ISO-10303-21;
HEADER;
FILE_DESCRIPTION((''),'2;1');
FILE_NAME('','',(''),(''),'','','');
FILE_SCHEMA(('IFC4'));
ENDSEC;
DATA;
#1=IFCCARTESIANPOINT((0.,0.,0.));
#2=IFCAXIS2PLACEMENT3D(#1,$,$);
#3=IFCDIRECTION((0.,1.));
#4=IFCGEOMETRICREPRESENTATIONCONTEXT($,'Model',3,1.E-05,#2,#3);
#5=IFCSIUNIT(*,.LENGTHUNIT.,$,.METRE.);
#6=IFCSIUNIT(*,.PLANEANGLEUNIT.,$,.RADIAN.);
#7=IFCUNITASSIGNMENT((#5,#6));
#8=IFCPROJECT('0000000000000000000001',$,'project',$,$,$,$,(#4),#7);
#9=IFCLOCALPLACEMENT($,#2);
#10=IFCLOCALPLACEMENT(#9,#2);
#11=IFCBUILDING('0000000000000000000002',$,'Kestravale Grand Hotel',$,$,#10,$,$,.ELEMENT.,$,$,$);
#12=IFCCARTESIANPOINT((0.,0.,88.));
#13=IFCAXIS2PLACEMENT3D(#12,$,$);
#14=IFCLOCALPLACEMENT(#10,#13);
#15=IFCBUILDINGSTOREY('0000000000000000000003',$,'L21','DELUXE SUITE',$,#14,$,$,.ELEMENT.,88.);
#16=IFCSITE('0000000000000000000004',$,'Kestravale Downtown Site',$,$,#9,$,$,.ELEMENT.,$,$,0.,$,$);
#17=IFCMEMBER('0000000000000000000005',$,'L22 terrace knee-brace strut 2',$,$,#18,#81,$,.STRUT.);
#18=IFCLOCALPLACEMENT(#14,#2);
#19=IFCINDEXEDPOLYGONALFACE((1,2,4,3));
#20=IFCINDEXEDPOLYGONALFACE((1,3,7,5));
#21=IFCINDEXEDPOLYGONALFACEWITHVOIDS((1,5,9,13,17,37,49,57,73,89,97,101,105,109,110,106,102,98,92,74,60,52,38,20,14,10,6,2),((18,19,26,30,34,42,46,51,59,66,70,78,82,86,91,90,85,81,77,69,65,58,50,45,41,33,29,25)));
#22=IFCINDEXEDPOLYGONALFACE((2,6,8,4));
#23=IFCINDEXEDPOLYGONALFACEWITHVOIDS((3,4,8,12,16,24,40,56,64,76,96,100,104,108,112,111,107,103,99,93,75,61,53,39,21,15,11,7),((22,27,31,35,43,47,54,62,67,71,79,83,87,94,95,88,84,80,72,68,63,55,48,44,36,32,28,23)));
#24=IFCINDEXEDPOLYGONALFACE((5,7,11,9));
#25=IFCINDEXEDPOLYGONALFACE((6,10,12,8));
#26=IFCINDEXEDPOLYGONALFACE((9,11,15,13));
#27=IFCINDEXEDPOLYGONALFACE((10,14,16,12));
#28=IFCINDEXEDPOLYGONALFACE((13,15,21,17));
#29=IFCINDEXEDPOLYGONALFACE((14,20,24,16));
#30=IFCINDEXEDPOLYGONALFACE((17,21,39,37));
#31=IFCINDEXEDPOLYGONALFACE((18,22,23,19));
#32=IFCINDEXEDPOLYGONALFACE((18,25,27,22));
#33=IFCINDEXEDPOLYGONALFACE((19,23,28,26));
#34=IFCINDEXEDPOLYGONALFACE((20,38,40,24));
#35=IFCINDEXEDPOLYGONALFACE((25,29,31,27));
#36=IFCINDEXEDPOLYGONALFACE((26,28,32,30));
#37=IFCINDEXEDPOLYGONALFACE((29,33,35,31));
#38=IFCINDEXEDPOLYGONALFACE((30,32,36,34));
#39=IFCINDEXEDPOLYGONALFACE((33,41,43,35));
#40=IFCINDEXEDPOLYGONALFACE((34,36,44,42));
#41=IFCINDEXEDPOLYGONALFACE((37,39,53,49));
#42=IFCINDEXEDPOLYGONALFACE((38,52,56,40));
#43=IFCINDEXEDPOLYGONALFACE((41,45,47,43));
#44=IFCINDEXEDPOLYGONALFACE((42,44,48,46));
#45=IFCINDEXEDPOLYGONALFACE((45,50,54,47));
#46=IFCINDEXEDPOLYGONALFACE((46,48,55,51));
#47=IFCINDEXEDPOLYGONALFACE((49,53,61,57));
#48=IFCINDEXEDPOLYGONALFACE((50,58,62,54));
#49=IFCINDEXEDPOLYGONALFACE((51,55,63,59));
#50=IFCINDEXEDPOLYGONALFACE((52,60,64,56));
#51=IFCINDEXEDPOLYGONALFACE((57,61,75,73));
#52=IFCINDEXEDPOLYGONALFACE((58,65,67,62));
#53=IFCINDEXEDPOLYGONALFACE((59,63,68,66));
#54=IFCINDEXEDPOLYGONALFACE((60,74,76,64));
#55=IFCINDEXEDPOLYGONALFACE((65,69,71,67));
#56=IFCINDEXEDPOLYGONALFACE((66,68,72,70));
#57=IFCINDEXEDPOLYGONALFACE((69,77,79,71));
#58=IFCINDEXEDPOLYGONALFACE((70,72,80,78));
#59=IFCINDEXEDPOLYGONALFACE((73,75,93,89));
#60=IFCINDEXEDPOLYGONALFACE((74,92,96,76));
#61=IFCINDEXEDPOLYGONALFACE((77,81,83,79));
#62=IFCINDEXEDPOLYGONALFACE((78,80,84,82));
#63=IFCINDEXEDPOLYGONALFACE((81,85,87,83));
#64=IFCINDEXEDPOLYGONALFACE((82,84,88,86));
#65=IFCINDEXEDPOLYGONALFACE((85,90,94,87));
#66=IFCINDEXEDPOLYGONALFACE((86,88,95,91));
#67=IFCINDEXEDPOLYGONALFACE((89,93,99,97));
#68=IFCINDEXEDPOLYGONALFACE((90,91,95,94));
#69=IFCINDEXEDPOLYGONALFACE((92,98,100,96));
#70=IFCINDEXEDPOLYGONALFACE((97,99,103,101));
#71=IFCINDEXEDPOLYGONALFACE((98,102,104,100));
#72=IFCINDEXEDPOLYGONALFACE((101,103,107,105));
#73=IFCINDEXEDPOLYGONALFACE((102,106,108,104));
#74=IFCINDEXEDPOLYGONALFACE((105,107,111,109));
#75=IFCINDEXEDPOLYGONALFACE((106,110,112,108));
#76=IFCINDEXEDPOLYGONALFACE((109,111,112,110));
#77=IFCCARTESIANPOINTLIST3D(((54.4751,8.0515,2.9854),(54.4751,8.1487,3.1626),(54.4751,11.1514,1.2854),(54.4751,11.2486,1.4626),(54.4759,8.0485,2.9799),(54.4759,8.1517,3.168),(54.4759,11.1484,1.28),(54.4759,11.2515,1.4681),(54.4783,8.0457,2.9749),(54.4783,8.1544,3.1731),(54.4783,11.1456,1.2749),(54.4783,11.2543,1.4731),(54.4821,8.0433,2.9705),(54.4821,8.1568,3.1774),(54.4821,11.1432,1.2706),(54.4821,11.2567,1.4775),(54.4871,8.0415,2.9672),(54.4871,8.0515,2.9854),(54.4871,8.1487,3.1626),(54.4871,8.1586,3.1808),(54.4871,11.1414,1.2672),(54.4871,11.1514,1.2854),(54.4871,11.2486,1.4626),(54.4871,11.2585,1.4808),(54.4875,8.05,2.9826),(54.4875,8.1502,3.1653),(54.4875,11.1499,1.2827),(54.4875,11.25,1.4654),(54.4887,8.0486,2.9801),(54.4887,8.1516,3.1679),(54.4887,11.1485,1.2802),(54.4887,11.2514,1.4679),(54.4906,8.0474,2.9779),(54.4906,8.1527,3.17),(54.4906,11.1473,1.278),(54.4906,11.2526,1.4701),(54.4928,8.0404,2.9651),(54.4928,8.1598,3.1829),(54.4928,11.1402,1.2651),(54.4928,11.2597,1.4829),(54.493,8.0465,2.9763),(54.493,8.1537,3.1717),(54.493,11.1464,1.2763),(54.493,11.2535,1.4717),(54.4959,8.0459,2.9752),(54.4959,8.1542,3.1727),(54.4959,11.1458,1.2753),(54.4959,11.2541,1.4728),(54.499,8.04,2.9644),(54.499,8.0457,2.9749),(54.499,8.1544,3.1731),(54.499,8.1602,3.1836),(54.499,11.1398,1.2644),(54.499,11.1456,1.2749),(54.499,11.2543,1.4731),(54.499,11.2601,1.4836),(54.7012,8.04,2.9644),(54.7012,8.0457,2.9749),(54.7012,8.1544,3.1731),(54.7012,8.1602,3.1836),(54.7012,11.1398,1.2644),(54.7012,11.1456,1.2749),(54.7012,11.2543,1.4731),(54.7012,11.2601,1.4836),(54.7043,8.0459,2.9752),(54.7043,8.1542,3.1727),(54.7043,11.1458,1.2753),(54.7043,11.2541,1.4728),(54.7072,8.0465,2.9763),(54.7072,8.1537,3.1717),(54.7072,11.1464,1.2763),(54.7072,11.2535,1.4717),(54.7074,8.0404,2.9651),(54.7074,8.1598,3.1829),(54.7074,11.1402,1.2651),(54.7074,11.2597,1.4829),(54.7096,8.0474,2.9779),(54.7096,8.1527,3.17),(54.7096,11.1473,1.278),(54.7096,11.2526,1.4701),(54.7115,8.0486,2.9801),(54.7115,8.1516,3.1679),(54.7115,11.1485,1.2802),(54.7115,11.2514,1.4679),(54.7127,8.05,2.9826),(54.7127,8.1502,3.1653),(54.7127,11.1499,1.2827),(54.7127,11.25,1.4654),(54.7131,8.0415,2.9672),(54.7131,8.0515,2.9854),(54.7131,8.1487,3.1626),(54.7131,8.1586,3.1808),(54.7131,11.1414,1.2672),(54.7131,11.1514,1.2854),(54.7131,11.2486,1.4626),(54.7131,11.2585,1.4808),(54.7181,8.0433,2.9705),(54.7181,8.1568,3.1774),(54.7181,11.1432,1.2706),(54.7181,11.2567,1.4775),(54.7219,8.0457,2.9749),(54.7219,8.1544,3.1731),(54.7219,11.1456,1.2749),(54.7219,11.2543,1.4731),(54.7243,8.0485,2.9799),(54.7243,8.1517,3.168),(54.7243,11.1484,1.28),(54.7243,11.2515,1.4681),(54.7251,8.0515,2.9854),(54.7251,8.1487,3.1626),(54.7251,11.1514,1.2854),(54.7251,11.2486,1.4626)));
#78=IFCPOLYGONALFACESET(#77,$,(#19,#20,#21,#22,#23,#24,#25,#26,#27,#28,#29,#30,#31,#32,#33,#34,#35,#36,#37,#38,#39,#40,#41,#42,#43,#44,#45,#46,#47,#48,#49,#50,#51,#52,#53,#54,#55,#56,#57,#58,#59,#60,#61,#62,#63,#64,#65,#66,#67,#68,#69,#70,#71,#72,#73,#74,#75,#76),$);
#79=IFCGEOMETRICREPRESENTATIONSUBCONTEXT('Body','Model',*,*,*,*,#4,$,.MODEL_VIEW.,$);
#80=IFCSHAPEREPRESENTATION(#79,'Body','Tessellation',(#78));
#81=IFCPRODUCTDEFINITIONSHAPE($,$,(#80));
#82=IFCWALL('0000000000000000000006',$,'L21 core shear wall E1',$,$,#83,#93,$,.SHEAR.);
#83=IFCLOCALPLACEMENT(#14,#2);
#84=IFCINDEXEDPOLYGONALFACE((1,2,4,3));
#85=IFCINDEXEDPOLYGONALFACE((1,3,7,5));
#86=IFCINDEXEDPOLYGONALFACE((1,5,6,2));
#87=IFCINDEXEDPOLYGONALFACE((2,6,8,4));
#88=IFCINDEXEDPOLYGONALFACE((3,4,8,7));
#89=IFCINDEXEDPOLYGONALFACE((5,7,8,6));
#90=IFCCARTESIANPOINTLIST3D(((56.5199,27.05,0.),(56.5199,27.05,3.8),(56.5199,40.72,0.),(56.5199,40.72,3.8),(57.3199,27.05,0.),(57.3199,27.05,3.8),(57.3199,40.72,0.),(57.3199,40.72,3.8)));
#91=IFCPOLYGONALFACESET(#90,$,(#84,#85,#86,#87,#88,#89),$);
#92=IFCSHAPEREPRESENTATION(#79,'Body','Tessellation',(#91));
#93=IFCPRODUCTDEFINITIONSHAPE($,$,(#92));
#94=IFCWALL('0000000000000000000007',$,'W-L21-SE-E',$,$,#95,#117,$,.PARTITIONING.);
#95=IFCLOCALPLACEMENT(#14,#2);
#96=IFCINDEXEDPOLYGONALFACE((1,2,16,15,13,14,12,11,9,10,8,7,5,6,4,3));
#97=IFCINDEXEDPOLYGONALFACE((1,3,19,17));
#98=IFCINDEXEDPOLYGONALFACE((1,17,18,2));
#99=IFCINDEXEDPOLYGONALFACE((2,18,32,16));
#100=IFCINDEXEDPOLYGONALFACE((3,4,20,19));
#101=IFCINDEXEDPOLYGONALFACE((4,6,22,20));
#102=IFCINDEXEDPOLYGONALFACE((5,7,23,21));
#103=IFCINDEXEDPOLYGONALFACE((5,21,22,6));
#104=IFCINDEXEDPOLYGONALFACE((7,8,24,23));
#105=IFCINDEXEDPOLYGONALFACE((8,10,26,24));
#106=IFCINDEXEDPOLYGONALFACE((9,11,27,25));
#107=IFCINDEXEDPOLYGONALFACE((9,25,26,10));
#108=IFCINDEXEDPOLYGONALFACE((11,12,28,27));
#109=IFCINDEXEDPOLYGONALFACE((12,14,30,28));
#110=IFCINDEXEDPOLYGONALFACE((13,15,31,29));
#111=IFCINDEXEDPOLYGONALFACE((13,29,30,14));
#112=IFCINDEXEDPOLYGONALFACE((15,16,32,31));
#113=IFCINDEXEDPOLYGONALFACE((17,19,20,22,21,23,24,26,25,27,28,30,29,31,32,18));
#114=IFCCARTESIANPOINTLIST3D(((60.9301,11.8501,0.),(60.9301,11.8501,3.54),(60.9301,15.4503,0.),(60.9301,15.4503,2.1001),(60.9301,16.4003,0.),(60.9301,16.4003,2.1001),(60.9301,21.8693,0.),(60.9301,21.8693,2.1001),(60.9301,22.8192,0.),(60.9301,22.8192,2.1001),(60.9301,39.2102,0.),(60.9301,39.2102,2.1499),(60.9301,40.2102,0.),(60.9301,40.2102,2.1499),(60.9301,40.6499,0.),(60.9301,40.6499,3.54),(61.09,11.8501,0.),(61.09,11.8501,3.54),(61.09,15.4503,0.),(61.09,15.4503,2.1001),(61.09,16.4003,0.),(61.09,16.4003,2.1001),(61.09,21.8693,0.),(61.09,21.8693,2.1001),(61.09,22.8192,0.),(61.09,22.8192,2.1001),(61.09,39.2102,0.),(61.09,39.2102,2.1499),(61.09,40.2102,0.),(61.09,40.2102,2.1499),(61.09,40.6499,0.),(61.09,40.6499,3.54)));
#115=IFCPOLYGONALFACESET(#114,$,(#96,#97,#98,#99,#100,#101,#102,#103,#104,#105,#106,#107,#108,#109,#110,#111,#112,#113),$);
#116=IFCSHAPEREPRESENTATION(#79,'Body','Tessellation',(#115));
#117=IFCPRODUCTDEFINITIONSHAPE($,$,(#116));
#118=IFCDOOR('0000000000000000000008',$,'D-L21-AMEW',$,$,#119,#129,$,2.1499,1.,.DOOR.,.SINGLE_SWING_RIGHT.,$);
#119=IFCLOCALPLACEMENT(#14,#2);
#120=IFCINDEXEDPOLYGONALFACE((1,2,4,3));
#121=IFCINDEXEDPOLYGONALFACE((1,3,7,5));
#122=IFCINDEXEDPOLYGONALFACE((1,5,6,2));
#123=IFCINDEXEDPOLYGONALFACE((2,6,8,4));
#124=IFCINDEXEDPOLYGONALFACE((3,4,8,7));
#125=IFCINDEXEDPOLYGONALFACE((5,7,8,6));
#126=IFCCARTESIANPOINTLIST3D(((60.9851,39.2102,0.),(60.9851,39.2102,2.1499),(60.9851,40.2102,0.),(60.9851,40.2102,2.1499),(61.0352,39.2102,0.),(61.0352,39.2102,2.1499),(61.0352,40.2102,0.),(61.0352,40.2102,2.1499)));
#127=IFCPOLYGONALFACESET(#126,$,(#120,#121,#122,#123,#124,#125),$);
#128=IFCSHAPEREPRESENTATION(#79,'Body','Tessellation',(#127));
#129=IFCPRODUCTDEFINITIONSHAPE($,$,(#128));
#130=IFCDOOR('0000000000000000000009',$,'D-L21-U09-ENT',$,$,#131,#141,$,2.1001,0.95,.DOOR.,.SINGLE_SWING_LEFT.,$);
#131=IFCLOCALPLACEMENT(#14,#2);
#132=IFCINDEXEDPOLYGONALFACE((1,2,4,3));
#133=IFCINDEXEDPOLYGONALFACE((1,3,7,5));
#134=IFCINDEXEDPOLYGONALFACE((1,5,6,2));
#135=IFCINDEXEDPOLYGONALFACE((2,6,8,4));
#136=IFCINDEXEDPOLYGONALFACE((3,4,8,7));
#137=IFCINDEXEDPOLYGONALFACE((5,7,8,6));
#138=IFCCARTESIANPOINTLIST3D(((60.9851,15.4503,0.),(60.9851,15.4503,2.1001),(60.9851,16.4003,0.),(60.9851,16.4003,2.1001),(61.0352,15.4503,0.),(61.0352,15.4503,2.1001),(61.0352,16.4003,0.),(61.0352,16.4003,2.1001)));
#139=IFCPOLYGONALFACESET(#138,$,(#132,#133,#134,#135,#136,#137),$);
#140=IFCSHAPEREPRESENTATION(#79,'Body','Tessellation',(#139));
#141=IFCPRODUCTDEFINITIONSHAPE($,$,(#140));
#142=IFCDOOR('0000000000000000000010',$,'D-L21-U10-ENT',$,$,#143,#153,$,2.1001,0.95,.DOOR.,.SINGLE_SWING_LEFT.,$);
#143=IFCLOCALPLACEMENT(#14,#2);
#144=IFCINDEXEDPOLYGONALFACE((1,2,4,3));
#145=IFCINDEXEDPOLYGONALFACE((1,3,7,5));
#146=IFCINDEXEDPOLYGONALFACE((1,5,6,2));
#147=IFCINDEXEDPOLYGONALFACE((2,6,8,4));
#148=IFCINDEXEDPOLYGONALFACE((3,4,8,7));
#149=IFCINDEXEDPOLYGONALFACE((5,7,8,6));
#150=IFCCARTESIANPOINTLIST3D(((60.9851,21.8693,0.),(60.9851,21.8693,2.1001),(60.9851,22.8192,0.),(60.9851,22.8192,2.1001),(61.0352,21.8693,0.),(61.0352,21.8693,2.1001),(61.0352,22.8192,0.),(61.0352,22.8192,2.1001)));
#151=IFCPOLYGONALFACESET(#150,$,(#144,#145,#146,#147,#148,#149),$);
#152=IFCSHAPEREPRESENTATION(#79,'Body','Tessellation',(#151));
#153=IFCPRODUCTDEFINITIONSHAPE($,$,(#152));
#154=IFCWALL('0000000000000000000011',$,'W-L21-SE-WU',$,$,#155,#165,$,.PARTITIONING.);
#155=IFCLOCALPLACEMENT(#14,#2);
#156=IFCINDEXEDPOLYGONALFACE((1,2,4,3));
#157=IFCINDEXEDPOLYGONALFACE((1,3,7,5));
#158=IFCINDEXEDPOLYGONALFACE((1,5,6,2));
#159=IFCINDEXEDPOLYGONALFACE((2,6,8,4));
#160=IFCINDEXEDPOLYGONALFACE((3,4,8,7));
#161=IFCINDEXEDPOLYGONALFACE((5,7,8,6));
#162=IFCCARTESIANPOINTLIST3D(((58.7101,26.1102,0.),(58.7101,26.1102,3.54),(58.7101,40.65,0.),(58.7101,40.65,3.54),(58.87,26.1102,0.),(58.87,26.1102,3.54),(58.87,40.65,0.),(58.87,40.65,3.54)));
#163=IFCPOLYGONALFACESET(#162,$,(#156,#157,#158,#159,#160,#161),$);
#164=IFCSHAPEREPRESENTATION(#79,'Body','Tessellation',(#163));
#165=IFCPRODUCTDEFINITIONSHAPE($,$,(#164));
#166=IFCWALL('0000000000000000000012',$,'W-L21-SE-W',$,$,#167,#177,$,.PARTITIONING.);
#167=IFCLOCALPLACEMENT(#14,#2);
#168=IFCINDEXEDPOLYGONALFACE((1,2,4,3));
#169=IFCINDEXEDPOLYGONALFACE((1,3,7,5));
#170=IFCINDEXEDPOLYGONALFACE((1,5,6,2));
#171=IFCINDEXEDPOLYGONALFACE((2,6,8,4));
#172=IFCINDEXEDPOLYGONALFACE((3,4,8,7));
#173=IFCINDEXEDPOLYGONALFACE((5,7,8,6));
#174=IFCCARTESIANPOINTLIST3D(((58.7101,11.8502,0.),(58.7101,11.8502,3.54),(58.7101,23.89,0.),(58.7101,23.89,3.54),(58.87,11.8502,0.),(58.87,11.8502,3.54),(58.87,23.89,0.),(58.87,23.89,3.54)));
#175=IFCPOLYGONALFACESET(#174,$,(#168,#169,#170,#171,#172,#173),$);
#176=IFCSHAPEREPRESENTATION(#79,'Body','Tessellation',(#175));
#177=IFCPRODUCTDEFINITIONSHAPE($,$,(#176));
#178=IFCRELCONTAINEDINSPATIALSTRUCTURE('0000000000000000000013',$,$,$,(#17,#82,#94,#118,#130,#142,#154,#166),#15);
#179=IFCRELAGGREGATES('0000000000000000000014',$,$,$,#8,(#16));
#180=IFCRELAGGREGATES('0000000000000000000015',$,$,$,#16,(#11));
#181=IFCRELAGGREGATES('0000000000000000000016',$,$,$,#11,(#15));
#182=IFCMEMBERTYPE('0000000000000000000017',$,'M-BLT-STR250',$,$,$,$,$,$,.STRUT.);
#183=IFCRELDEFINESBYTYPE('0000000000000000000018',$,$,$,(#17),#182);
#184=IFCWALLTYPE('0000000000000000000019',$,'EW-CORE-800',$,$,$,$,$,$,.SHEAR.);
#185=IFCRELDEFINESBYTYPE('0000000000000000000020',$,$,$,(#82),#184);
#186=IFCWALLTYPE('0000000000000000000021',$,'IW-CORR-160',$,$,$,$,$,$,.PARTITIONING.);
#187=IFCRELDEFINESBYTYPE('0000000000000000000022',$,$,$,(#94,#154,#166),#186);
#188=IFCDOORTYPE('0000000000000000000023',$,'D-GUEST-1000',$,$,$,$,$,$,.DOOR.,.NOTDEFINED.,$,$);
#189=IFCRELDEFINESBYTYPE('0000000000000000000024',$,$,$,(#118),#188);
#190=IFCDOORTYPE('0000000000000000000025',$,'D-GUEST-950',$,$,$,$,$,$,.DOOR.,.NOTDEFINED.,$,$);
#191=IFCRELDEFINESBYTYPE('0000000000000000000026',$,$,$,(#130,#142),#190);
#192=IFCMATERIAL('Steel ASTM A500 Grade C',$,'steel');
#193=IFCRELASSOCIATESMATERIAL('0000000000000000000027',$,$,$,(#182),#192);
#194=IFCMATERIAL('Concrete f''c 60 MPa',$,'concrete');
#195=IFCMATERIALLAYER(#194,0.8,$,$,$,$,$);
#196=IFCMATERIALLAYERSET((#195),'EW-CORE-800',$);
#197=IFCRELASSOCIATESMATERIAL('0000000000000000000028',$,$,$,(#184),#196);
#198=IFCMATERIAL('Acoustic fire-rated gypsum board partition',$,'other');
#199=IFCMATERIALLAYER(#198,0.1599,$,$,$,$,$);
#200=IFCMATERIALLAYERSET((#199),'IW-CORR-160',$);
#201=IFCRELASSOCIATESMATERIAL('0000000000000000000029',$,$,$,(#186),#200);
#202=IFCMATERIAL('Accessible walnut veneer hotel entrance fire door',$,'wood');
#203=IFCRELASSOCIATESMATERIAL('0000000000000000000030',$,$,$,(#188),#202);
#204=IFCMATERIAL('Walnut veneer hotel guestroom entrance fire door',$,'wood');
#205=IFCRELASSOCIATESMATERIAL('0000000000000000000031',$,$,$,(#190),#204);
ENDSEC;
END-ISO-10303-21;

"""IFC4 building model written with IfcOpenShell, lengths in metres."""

from ifc_helpers import new_model, si_unit, direction, frame, frame_2d, origin, origin_2d, place, context, subcontext, project, spatial, rectangle, hollow_rectangle, extrude, material, layer, layer_set, material_profile, profile_set, type_object, element, fill, save


model = new_model("IFC4")

# Units and contexts
model_context = context("Model", 3, precision=1e-05, world=origin(), true_north=direction((0.0, 1.0)))
body_context = subcontext(model_context, "Body", "Model", "MODEL_VIEW")
ifc_project = project(units=[si_unit("LENGTHUNIT", "METRE"), si_unit("PLANEANGLEUNIT", "RADIAN")], contexts=[model_context])

# Site, building, storey
site_placement = place(None, origin())
site = spatial("IfcSite", under=ifc_project, at=site_placement, Name="Kestravale Downtown Site", CompositionType="ELEMENT", RefElevation=0.0)
building_placement = place(site_placement, origin())
building = spatial("IfcBuilding", under=site, at=building_placement, Name="Kestravale Grand Hotel", CompositionType="ELEMENT")
storey_placement = place(building_placement, frame((0.0, 0.0, 88.0)))
storey = spatial("IfcBuildingStorey", under=building, at=storey_placement, Name="L21", Description="DELUXE SUITE", CompositionType="ELEMENT", Elevation=88.0)

# Member
ifc_material_1 = material(Name="Steel ASTM A500 Grade C", Category="steel")
ifc_material_profile_1 = material_profile(ifc_material_1, hollow_rectangle(XDim=0.25, YDim=0.25, WallThickness=0.012, InnerFilletRadius=0.012, OuterFilletRadius=0.0239, at=origin_2d()))
ifc_profile_set_1 = profile_set([ifc_material_profile_1], Name="Steel ASTM A500 Grade C")
member_type = type_object("IfcMemberType", Name="M-BLT-STR250", PredefinedType="STRUT", material=ifc_profile_set_1)
member_placement = place(storey_placement, frame((54.6001, 11.2, 1.374), z_axis=(0.0, -0.876809, 0.480839), x_axis=(1.0, 0.0, 0.0)))
element("IfcMember", 1, at=member_placement, inside=storey, type_object=member_type, Name="L22 terrace knee-brace strut 2", PredefinedType="STRUT", context=body_context, shape_type="SweptSolid", body=[
    extrude(hollow_rectangle(XDim=0.25, YDim=0.25, WallThickness=0.012, InnerFilletRadius=0.012, OuterFilletRadius=0.0239, at=origin_2d()), origin(), (0.0, 0.0, 1.0), 3.5354),
])

# Wall
ifc_material_2 = material(Name="Concrete f'c 60 MPa", Category="concrete")
ifc_layer_1 = layer(ifc_material_2, 0.8)
ifc_layer_set_1 = layer_set([ifc_layer_1], Name="EW-CORE-800")
wall_type_1 = type_object("IfcWallType", Name="EW-CORE-800", PredefinedType="SHEAR", material=ifc_layer_set_1)
wall_1_placement = place(storey_placement, frame((56.9199, 27.05, 0.0), z_axis=(0.0, 0.0, 1.0), x_axis=(0.0, 1.0, 0.0)))
element("IfcWall", 2, at=wall_1_placement, inside=storey, type_object=wall_type_1, Name="L21 core shear wall E1", PredefinedType="SHEAR", context=body_context, shape_type="SweptSolid", body=[
    extrude(rectangle(XDim=13.6699, YDim=0.8, at=frame_2d((6.835, 0.0))), origin(), (0.0, 0.0, 1.0), 3.8),
])

# Wall, openings, doors
ifc_material_3 = material(Name="Acoustic fire-rated gypsum board partition", Category="other")
ifc_layer_2 = layer(ifc_material_3, 0.1599)
ifc_layer_set_2 = layer_set([ifc_layer_2], Name="IW-CORR-160")
wall_type_2 = type_object("IfcWallType", Name="IW-CORR-160", PredefinedType="PARTITIONING", material=ifc_layer_set_2)
wall_2_placement = place(storey_placement, frame((61.01, 11.8501, 0.0), z_axis=(0.0, 0.0, 1.0), x_axis=(0.0, 1.0, 0.0)))
wall_2 = element("IfcWall", 3, at=wall_2_placement, inside=storey, type_object=wall_type_2, Name="W-L21-SE-E", PredefinedType="PARTITIONING", context=body_context, shape_type="SweptSolid", body=[
    extrude(rectangle(XDim=28.7998, YDim=0.1599, at=frame_2d((14.3999, 0.0))), origin(), (0.0, 0.0, 1.0), 3.54),
])
opening_1_placement = place(wall_2_placement, frame((3.6001, 0.0, 0.0)))
opening_1 = element("IfcOpeningElement", 4, at=opening_1_placement, cuts=wall_2, PredefinedType="OPENING", context=body_context, shape_type="SweptSolid", body=[
    extrude(rectangle(XDim=0.95, YDim=2.1001, at=frame_2d((0.4751, 1.05))), frame((0.0, 0.0898, 0.0), z_axis=(0.0, -1.0, 0.0), x_axis=(1.0, 0.0, 0.0)), (0.0, 0.0, 1.0), 0.1799),
])
opening_2_placement = place(wall_2_placement, frame((10.019, 0.0, 0.0)))
opening_2 = element("IfcOpeningElement", 5, at=opening_2_placement, cuts=wall_2, PredefinedType="OPENING", context=body_context, shape_type="SweptSolid", body=[
    extrude(rectangle(XDim=0.95, YDim=2.1001, at=frame_2d((0.4751, 1.05))), frame((0.0, 0.0898, 0.0), z_axis=(0.0, -1.0, 0.0), x_axis=(1.0, 0.0, 0.0)), (0.0, 0.0, 1.0), 0.1799),
])
opening_3_placement = place(wall_2_placement, frame((27.3601, 0.0, 0.0)))
opening_3 = element("IfcOpeningElement", 6, at=opening_3_placement, cuts=wall_2, PredefinedType="OPENING", context=body_context, shape_type="SweptSolid", body=[
    extrude(rectangle(XDim=1.0, YDim=2.1499, at=frame_2d((0.5, 1.075))), frame((0.0, 0.0898, 0.0), z_axis=(0.0, -1.0, 0.0), x_axis=(1.0, 0.0, 0.0)), (0.0, 0.0, 1.0), 0.1799),
])
ifc_material_4 = material(Name="Accessible walnut veneer hotel entrance fire door", Category="wood")
door_type_1 = type_object("IfcDoorType", Name="D-GUEST-1000", OperationType="NOTDEFINED", PredefinedType="DOOR", material=ifc_material_4)
door_1_placement = place(opening_3_placement, origin())
door_1 = element("IfcDoor", 7, at=door_1_placement, inside=storey, type_object=door_type_1, Name="D-L21-AMEW", OperationType="SINGLE_SWING_RIGHT", OverallHeight=2.1499, OverallWidth=1.0, PredefinedType="DOOR", context=body_context, shape_type="SweptSolid", body=[
    extrude(rectangle(XDim=1.0, YDim=2.1499, at=frame_2d((0.5, 1.075))), frame((0.0, 0.0249, 0.0), z_axis=(0.0, -1.0, 0.0), x_axis=(1.0, 0.0, 0.0)), (0.0, 0.0, 1.0), 0.05),
])
fill(opening_3, door_1)
ifc_material_5 = material(Name="Walnut veneer hotel guestroom entrance fire door", Category="wood")
door_type_2 = type_object("IfcDoorType", Name="D-GUEST-950", OperationType="NOTDEFINED", PredefinedType="DOOR", material=ifc_material_5)
door_2_placement = place(opening_1_placement, origin())
door_2 = element("IfcDoor", 8, at=door_2_placement, inside=storey, type_object=door_type_2, Name="D-L21-U09-ENT", OperationType="SINGLE_SWING_LEFT", OverallHeight=2.1001, OverallWidth=0.95, PredefinedType="DOOR", context=body_context, shape_type="SweptSolid", body=[
    extrude(rectangle(XDim=0.95, YDim=2.1001, at=frame_2d((0.4751, 1.05))), frame((0.0, 0.0249, 0.0), z_axis=(0.0, -1.0, 0.0), x_axis=(1.0, 0.0, 0.0)), (0.0, 0.0, 1.0), 0.05),
])
fill(opening_1, door_2)
door_3_placement = place(opening_2_placement, origin())
door_3 = element("IfcDoor", 9, at=door_3_placement, inside=storey, type_object=door_type_2, Name="D-L21-U10-ENT", OperationType="SINGLE_SWING_LEFT", OverallHeight=2.1001, OverallWidth=0.95, PredefinedType="DOOR", context=body_context, shape_type="SweptSolid", body=[
    extrude(rectangle(XDim=0.95, YDim=2.1001, at=frame_2d((0.4751, 1.05))), frame((0.0, 0.0249, 0.0), z_axis=(0.0, -1.0, 0.0), x_axis=(1.0, 0.0, 0.0)), (0.0, 0.0, 1.0), 0.05),
])
fill(opening_2, door_3)

# Walls
wall_3_placement = place(storey_placement, frame((58.79, 26.1101, 0.0), z_axis=(0.0, 0.0, 1.0), x_axis=(0.0, 1.0, 0.0)))
element("IfcWall", 10, at=wall_3_placement, inside=storey, type_object=wall_type_2, Name="W-L21-SE-WU", PredefinedType="PARTITIONING", context=body_context, shape_type="SweptSolid", body=[
    extrude(rectangle(XDim=14.5398, YDim=0.1599, at=frame_2d((7.27, 0.0))), origin(), (0.0, 0.0, 1.0), 3.54),
])
wall_4_placement = place(storey_placement, frame((58.79, 11.8501, 0.0), z_axis=(0.0, 0.0, 1.0), x_axis=(0.0, 1.0, 0.0)))
element("IfcWall", 11, at=wall_4_placement, inside=storey, type_object=wall_type_2, Name="W-L21-SE-W", PredefinedType="PARTITIONING", context=body_context, shape_type="SweptSolid", body=[
    extrude(rectangle(XDim=12.0398, YDim=0.1599, at=frame_2d((6.02, 0.0))), origin(), (0.0, 0.0, 1.0), 3.54),
])

save(model, "model.ifc")
